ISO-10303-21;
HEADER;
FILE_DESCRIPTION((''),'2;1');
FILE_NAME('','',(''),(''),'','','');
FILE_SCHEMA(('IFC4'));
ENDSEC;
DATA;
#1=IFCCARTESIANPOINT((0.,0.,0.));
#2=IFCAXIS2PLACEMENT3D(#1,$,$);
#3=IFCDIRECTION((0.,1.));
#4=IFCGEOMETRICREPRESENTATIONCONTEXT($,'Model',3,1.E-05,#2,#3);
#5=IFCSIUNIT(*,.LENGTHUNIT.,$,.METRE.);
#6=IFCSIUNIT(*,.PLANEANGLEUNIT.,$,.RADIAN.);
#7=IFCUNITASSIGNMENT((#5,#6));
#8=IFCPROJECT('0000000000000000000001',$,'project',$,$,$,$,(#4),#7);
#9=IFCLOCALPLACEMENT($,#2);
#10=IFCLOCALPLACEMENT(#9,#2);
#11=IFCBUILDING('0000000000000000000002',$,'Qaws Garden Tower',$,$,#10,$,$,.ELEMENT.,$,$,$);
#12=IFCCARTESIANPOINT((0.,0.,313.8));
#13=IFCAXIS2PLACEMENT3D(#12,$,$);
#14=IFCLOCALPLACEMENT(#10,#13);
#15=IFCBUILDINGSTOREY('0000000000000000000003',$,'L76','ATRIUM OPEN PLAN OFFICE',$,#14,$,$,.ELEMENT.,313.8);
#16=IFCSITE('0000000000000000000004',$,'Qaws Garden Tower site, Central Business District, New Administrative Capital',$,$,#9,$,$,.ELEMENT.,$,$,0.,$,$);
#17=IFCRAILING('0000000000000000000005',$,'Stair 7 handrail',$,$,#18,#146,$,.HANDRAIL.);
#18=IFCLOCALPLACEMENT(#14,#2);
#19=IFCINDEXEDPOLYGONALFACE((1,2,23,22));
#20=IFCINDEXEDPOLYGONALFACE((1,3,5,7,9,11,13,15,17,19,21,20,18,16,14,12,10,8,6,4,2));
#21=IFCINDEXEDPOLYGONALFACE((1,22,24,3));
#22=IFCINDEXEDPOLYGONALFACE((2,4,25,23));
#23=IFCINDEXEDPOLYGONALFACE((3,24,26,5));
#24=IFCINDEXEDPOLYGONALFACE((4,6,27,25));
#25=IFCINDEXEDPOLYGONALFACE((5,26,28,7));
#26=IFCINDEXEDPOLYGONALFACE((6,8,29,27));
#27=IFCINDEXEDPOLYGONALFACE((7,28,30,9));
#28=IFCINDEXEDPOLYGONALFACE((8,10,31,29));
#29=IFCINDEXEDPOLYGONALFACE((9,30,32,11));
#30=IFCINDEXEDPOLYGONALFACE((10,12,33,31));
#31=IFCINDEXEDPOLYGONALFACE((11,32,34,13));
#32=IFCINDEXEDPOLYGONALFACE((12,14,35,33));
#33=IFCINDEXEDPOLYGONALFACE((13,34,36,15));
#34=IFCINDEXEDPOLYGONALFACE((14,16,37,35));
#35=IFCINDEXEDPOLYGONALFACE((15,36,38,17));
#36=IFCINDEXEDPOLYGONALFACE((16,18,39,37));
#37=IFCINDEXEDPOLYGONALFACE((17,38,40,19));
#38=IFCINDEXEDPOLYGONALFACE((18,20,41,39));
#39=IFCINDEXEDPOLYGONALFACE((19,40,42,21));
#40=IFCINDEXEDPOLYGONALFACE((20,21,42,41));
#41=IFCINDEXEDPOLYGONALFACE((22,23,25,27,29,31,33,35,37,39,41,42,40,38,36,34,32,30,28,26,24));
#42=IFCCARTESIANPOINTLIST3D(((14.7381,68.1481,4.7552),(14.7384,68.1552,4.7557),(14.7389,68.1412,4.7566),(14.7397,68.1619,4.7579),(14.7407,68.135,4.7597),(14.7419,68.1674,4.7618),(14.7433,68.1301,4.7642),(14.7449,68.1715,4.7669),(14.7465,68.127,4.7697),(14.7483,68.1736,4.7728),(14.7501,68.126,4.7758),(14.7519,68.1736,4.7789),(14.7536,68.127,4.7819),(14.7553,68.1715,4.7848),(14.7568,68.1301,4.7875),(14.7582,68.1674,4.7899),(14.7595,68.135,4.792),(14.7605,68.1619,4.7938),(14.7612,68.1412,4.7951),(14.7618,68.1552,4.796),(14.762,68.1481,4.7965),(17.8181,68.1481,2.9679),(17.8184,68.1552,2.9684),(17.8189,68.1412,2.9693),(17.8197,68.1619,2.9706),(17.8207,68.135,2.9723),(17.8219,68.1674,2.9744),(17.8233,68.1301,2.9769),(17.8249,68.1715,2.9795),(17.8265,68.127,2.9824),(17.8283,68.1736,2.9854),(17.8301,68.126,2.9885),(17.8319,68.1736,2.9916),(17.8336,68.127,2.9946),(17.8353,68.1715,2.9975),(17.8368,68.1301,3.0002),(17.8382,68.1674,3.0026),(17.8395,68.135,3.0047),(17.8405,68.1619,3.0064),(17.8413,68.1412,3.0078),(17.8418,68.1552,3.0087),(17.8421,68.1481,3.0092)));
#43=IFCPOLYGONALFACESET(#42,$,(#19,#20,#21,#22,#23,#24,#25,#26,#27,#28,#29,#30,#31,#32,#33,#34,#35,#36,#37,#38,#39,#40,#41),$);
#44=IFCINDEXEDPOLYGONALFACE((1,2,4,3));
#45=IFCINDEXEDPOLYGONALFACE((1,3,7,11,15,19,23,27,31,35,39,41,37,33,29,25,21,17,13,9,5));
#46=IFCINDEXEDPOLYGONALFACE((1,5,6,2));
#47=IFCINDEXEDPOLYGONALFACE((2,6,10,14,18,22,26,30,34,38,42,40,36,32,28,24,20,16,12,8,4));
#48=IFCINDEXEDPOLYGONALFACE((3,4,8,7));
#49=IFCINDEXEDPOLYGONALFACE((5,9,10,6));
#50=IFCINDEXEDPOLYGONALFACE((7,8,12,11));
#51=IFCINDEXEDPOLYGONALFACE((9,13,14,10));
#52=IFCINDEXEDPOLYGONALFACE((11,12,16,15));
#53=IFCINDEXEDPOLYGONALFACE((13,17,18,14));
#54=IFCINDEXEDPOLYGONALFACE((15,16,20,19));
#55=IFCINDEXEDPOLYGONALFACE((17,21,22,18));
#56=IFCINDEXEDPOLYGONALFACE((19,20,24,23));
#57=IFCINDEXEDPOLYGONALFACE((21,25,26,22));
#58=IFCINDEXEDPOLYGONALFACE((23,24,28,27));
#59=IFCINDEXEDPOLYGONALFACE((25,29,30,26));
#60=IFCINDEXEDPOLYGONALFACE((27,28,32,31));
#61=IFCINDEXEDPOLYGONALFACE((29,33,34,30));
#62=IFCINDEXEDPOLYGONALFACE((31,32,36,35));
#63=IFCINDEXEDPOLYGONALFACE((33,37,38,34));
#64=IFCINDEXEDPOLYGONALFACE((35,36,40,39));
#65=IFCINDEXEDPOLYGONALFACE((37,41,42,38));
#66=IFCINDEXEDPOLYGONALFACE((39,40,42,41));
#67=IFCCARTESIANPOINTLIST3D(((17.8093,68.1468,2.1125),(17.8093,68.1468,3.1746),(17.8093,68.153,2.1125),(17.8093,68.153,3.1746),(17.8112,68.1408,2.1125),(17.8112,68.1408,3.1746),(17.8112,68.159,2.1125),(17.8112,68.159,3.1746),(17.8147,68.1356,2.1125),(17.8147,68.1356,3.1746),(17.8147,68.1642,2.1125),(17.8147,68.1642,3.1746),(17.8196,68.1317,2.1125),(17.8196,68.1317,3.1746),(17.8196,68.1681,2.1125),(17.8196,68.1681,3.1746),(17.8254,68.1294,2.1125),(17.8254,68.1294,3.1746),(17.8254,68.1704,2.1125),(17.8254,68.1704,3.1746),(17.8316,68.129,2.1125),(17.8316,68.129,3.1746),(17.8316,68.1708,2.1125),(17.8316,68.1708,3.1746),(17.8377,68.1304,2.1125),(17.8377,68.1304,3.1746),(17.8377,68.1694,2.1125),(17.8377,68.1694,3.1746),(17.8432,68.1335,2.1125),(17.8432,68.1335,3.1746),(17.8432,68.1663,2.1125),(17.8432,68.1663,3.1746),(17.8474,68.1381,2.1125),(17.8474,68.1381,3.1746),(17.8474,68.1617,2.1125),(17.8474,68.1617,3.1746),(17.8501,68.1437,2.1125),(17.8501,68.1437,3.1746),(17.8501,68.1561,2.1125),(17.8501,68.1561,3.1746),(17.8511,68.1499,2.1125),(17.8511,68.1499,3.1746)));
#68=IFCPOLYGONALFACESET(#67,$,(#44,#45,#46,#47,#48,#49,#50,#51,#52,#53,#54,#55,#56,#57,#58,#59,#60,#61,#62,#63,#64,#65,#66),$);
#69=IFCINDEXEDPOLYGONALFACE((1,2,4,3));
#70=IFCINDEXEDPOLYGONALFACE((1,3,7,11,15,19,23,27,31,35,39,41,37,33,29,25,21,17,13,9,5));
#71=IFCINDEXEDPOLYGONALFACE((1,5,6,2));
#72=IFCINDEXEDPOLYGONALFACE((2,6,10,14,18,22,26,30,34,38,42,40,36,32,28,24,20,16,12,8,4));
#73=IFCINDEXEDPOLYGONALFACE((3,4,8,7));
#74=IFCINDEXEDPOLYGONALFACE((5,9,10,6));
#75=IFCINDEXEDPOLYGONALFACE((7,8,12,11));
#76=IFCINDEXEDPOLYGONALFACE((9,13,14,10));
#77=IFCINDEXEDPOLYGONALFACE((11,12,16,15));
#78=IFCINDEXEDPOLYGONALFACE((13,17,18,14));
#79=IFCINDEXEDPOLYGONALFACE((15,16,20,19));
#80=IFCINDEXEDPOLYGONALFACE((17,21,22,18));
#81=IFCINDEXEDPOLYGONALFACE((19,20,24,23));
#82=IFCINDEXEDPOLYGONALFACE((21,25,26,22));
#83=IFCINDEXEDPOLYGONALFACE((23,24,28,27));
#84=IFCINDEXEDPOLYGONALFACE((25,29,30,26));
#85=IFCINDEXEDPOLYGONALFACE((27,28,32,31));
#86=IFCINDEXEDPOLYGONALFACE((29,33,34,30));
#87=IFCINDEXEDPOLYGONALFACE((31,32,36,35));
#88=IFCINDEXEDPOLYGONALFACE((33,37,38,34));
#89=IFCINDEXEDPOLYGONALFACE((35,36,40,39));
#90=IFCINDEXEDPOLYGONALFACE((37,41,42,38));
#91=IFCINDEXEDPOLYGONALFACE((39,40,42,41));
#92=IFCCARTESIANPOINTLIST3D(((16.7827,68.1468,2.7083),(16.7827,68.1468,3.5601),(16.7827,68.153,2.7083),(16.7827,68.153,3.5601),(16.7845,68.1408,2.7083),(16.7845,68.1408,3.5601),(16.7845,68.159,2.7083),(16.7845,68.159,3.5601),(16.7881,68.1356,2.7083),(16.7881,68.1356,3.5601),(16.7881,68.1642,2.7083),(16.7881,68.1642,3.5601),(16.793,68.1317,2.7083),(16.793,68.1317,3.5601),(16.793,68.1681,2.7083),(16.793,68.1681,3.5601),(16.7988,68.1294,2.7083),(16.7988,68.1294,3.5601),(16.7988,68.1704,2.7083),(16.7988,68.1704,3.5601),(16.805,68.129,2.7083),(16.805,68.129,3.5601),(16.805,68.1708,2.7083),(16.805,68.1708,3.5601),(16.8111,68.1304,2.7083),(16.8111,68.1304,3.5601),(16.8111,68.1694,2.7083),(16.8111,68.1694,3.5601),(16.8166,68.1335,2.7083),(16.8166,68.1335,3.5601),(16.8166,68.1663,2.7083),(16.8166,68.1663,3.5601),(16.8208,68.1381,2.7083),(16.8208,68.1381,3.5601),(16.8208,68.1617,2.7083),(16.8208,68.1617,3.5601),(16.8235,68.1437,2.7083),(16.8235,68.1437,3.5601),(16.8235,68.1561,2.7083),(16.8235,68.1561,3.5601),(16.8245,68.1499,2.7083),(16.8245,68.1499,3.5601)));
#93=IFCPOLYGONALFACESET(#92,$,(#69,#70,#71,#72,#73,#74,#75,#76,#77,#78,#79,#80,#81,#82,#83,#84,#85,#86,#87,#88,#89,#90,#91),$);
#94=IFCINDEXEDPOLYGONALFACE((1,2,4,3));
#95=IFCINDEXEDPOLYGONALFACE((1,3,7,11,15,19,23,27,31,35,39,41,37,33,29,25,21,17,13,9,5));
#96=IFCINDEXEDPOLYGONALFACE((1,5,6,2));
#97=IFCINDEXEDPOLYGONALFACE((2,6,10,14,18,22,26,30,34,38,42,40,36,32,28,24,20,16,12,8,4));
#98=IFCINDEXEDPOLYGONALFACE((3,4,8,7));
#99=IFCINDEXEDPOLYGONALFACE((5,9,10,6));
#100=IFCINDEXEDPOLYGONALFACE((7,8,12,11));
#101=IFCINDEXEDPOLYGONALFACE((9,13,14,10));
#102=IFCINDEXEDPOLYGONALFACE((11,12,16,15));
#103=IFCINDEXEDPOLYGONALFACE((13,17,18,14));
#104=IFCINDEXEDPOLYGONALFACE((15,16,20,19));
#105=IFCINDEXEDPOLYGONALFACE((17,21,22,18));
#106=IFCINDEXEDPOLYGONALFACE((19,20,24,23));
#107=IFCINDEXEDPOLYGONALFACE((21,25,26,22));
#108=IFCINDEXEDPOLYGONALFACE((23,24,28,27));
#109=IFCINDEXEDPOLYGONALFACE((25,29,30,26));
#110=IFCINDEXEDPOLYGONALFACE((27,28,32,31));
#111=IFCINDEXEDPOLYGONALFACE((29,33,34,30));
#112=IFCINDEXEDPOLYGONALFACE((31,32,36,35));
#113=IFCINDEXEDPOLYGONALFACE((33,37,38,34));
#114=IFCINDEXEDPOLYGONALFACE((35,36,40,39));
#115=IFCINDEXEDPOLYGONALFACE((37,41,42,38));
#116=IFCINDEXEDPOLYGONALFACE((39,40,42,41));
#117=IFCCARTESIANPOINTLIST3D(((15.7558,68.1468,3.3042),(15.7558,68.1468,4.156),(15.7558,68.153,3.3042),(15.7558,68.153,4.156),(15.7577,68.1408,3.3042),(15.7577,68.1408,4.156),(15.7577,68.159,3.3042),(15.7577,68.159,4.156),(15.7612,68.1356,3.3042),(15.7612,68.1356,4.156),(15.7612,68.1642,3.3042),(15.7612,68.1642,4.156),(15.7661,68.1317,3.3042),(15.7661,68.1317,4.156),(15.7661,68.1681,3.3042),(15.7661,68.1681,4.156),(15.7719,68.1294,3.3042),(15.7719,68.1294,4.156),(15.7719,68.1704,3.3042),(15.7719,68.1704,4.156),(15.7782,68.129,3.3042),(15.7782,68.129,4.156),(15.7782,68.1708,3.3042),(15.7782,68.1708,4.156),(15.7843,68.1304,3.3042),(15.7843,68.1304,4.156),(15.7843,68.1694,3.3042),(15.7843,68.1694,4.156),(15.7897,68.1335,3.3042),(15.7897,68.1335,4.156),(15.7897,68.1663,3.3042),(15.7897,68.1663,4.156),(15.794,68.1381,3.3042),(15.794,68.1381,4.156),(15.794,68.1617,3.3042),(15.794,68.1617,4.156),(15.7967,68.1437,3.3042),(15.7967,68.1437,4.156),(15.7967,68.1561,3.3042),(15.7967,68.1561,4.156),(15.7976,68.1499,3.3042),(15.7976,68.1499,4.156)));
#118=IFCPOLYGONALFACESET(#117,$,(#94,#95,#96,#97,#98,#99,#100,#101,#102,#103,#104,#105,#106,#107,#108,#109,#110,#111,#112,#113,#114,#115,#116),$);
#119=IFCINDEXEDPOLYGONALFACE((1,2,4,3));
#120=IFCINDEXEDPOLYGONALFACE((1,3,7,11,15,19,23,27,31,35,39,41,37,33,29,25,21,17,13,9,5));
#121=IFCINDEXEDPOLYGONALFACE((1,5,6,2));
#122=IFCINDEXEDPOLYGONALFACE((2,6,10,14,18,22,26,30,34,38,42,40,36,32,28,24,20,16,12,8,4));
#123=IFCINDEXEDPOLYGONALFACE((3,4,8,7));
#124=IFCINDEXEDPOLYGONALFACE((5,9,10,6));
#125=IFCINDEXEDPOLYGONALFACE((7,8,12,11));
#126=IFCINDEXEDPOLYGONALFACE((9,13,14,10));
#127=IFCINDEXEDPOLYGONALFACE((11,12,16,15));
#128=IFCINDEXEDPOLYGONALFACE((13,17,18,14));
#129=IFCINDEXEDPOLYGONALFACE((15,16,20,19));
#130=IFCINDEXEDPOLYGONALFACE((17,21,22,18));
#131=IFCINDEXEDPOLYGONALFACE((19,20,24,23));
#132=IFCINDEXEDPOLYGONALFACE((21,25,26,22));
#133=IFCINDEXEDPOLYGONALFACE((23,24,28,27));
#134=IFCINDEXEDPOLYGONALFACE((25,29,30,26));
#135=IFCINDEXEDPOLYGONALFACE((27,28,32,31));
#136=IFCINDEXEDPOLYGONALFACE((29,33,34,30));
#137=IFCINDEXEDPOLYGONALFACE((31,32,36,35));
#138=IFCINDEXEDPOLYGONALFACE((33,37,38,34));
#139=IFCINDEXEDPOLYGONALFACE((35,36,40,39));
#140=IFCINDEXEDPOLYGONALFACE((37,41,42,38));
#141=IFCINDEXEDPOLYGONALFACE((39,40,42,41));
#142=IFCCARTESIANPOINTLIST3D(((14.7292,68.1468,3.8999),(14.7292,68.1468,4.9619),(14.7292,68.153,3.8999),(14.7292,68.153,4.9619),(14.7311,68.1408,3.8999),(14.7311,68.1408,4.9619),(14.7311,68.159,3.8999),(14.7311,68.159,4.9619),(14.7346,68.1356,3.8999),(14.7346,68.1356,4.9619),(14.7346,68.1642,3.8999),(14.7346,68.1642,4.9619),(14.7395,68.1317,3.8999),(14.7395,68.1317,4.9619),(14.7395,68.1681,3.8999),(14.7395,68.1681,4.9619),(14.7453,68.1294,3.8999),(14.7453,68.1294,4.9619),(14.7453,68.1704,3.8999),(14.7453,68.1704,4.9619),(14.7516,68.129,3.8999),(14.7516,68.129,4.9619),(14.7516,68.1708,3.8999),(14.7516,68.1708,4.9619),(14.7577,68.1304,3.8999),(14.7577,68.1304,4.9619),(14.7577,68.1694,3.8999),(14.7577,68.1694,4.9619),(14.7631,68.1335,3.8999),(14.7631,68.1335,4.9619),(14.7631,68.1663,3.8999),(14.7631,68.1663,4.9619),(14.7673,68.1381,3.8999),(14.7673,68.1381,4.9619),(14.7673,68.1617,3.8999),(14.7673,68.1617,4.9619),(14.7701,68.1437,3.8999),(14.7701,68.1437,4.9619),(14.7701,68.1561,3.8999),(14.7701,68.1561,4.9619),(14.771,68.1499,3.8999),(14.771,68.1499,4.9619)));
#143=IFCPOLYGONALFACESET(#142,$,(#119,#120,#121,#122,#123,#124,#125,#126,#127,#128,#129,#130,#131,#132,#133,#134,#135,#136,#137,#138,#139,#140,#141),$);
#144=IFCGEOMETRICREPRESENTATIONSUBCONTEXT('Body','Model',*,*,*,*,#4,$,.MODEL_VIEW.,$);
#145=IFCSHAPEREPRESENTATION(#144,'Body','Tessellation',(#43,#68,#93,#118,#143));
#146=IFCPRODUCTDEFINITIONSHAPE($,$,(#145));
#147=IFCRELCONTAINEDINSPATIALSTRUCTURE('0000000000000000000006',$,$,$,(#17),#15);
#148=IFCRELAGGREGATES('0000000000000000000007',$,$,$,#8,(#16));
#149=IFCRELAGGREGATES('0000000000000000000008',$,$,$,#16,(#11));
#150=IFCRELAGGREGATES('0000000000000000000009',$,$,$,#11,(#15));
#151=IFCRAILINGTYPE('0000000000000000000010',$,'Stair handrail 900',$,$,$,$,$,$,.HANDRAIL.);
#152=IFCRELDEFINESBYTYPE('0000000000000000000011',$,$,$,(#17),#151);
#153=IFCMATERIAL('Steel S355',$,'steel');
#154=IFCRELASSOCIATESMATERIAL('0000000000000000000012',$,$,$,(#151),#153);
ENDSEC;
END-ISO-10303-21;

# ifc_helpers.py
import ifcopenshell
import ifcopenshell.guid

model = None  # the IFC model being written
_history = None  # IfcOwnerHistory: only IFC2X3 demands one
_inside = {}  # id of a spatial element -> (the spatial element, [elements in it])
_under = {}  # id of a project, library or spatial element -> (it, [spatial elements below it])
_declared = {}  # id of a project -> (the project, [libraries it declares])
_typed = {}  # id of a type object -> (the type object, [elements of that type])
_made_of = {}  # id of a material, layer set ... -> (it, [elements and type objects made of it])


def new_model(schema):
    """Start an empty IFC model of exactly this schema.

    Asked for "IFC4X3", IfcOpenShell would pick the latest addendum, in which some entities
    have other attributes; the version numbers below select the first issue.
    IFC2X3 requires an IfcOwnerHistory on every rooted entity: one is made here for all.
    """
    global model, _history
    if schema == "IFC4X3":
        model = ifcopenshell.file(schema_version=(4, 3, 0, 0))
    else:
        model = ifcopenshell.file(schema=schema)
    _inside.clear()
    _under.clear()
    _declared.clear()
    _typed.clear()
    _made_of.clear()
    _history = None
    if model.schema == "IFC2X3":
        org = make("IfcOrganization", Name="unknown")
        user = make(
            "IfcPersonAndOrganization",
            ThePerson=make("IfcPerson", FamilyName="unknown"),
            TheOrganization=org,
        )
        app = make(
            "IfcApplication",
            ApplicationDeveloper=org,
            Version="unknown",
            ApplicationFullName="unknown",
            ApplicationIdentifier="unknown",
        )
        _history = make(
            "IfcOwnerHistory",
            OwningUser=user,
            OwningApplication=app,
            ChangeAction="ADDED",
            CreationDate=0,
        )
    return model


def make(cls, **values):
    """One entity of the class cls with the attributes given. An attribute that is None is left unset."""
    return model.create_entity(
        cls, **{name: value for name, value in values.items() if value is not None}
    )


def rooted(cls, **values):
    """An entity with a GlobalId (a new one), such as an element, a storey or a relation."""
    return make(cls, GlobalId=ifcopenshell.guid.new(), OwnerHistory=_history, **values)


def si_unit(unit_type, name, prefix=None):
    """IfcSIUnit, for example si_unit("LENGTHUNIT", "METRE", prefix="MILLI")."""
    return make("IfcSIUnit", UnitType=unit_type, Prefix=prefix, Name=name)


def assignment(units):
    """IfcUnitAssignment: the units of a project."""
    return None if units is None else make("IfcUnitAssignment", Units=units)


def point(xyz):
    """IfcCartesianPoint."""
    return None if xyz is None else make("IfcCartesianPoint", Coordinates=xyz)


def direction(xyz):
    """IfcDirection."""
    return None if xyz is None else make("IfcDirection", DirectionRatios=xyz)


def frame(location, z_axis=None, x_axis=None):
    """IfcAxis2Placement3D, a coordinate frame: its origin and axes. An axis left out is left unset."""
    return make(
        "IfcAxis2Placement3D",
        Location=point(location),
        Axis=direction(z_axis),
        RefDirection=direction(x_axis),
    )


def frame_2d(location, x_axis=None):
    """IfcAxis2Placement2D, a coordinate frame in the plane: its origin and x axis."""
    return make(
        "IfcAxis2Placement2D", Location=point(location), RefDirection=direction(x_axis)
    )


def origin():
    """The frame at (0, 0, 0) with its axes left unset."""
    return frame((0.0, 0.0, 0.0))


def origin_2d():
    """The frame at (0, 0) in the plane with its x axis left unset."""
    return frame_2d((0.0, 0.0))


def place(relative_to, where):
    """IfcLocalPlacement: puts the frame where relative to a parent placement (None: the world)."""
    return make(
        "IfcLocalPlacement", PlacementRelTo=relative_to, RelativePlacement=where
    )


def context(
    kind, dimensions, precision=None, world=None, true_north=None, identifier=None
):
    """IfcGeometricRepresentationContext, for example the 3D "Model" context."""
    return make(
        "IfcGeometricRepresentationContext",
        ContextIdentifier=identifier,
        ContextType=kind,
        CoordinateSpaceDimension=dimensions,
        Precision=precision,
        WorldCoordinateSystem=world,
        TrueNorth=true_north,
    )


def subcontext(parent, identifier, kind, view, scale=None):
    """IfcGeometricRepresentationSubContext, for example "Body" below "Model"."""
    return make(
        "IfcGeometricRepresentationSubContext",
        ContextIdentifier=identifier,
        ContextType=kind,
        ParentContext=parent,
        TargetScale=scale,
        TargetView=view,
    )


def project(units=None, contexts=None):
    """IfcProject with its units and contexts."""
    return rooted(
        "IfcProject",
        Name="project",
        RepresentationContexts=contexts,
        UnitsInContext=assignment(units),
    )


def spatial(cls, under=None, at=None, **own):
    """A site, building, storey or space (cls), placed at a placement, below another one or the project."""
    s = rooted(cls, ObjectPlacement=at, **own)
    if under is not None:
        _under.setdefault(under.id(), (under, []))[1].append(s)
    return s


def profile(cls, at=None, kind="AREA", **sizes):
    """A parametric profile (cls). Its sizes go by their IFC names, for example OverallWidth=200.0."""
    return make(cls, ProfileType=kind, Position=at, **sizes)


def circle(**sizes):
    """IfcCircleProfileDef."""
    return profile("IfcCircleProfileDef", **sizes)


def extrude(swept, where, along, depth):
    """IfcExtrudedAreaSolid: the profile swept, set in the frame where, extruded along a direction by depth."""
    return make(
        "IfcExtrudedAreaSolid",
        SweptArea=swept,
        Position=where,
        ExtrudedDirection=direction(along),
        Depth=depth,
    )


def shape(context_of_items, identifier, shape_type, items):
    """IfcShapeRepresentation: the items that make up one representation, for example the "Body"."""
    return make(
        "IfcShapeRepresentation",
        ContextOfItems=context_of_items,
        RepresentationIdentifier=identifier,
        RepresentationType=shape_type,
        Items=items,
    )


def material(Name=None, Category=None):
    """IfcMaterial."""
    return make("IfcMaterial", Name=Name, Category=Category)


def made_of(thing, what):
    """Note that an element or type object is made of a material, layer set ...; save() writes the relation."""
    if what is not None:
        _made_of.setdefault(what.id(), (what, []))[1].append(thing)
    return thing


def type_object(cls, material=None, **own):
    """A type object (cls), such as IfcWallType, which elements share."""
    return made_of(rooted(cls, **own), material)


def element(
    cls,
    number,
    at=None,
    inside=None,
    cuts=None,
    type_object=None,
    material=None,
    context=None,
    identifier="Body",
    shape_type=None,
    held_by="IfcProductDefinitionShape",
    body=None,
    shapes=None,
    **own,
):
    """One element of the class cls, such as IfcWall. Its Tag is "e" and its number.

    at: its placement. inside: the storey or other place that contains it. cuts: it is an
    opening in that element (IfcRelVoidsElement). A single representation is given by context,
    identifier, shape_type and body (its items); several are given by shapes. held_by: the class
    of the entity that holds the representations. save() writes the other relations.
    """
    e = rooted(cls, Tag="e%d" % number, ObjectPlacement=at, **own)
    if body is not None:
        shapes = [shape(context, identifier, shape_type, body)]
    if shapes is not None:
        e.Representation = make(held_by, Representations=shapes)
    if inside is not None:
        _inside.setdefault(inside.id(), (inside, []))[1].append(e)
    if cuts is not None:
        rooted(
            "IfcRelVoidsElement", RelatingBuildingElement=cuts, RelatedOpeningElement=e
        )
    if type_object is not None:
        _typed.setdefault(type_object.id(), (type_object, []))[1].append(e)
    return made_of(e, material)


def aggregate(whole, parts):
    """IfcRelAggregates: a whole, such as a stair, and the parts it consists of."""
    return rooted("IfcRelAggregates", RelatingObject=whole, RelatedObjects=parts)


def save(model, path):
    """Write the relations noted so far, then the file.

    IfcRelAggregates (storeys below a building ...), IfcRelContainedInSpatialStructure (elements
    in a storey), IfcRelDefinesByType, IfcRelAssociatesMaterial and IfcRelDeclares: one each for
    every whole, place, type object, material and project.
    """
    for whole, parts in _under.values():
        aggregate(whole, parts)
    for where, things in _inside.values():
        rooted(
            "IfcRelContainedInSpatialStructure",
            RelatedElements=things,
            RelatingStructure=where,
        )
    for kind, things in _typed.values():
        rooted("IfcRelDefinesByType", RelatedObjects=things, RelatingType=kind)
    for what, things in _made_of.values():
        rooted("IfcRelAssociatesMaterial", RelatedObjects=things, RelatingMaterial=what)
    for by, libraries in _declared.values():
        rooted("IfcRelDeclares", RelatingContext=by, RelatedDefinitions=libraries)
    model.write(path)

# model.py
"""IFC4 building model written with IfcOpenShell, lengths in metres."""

from ifc_helpers import new_model, si_unit, direction, frame, origin, origin_2d, place, context, subcontext, project, spatial, circle, extrude, material, type_object, element, save


model = new_model("IFC4")

# Units and contexts
model_context = context("Model", 3, precision=1e-05, world=origin(), true_north=direction((0.0, 1.0)))
body_context = subcontext(model_context, "Body", "Model", "MODEL_VIEW")
ifc_project = project(units=[si_unit("LENGTHUNIT", "METRE"), si_unit("PLANEANGLEUNIT", "RADIAN")], contexts=[model_context])

# Site, building, storey
site_placement = place(None, origin())
site = spatial("IfcSite", under=ifc_project, at=site_placement, Name="Qaws Garden Tower site, Central Business District, New Administrative Capital", CompositionType="ELEMENT", RefElevation=0.0)
building_placement = place(site_placement, origin())
building = spatial("IfcBuilding", under=site, at=building_placement, Name="Qaws Garden Tower", CompositionType="ELEMENT")
storey_placement = place(building_placement, frame((0.0, 0.0, 313.8)))
storey = spatial("IfcBuildingStorey", under=building, at=storey_placement, Name="L76", Description="ATRIUM OPEN PLAN OFFICE", CompositionType="ELEMENT", Elevation=313.8)

# Railing
ifc_material_1 = material(Name="Steel S355", Category="steel")
railing_type = type_object("IfcRailingType", Name="Stair handrail 900", PredefinedType="HANDRAIL", material=ifc_material_1)
railing_1_placement = place(storey_placement, frame((17.8301, 68.1499, 2.1125)))
element("IfcRailing", 1, at=railing_1_placement, inside=storey, type_object=railing_type, Name="Stair 7 handrail", PredefinedType="HANDRAIL", context=body_context, shape_type="SweptSolid", body=[
    extrude(circle(Radius=0.0239, at=origin_2d()), frame((0.0, 0.0, 0.876), z_axis=(-0.86492, 0.0, 0.501909), x_axis=(0.0, -1.0, 0.0)), (0.0, 0.0, 1.0), 3.561),
    extrude(circle(Radius=0.021, at=origin_2d()), origin(), (0.0, 0.0, 1.0), 1.062),
    extrude(circle(Radius=0.021, at=origin_2d()), frame((-1.0266, 0.0, 0.5957)), (0.0, 0.0, 1.0), 0.8518),
    extrude(circle(Radius=0.021, at=origin_2d()), frame((-2.0535, 0.0, 1.1917)), (0.0, 0.0, 1.0), 0.8518),
    extrude(circle(Radius=0.021, at=origin_2d()), frame((-3.0801, 0.0, 1.7874)), (0.0, 0.0, 1.0), 1.062),
])

save(model, "model.ifc")
